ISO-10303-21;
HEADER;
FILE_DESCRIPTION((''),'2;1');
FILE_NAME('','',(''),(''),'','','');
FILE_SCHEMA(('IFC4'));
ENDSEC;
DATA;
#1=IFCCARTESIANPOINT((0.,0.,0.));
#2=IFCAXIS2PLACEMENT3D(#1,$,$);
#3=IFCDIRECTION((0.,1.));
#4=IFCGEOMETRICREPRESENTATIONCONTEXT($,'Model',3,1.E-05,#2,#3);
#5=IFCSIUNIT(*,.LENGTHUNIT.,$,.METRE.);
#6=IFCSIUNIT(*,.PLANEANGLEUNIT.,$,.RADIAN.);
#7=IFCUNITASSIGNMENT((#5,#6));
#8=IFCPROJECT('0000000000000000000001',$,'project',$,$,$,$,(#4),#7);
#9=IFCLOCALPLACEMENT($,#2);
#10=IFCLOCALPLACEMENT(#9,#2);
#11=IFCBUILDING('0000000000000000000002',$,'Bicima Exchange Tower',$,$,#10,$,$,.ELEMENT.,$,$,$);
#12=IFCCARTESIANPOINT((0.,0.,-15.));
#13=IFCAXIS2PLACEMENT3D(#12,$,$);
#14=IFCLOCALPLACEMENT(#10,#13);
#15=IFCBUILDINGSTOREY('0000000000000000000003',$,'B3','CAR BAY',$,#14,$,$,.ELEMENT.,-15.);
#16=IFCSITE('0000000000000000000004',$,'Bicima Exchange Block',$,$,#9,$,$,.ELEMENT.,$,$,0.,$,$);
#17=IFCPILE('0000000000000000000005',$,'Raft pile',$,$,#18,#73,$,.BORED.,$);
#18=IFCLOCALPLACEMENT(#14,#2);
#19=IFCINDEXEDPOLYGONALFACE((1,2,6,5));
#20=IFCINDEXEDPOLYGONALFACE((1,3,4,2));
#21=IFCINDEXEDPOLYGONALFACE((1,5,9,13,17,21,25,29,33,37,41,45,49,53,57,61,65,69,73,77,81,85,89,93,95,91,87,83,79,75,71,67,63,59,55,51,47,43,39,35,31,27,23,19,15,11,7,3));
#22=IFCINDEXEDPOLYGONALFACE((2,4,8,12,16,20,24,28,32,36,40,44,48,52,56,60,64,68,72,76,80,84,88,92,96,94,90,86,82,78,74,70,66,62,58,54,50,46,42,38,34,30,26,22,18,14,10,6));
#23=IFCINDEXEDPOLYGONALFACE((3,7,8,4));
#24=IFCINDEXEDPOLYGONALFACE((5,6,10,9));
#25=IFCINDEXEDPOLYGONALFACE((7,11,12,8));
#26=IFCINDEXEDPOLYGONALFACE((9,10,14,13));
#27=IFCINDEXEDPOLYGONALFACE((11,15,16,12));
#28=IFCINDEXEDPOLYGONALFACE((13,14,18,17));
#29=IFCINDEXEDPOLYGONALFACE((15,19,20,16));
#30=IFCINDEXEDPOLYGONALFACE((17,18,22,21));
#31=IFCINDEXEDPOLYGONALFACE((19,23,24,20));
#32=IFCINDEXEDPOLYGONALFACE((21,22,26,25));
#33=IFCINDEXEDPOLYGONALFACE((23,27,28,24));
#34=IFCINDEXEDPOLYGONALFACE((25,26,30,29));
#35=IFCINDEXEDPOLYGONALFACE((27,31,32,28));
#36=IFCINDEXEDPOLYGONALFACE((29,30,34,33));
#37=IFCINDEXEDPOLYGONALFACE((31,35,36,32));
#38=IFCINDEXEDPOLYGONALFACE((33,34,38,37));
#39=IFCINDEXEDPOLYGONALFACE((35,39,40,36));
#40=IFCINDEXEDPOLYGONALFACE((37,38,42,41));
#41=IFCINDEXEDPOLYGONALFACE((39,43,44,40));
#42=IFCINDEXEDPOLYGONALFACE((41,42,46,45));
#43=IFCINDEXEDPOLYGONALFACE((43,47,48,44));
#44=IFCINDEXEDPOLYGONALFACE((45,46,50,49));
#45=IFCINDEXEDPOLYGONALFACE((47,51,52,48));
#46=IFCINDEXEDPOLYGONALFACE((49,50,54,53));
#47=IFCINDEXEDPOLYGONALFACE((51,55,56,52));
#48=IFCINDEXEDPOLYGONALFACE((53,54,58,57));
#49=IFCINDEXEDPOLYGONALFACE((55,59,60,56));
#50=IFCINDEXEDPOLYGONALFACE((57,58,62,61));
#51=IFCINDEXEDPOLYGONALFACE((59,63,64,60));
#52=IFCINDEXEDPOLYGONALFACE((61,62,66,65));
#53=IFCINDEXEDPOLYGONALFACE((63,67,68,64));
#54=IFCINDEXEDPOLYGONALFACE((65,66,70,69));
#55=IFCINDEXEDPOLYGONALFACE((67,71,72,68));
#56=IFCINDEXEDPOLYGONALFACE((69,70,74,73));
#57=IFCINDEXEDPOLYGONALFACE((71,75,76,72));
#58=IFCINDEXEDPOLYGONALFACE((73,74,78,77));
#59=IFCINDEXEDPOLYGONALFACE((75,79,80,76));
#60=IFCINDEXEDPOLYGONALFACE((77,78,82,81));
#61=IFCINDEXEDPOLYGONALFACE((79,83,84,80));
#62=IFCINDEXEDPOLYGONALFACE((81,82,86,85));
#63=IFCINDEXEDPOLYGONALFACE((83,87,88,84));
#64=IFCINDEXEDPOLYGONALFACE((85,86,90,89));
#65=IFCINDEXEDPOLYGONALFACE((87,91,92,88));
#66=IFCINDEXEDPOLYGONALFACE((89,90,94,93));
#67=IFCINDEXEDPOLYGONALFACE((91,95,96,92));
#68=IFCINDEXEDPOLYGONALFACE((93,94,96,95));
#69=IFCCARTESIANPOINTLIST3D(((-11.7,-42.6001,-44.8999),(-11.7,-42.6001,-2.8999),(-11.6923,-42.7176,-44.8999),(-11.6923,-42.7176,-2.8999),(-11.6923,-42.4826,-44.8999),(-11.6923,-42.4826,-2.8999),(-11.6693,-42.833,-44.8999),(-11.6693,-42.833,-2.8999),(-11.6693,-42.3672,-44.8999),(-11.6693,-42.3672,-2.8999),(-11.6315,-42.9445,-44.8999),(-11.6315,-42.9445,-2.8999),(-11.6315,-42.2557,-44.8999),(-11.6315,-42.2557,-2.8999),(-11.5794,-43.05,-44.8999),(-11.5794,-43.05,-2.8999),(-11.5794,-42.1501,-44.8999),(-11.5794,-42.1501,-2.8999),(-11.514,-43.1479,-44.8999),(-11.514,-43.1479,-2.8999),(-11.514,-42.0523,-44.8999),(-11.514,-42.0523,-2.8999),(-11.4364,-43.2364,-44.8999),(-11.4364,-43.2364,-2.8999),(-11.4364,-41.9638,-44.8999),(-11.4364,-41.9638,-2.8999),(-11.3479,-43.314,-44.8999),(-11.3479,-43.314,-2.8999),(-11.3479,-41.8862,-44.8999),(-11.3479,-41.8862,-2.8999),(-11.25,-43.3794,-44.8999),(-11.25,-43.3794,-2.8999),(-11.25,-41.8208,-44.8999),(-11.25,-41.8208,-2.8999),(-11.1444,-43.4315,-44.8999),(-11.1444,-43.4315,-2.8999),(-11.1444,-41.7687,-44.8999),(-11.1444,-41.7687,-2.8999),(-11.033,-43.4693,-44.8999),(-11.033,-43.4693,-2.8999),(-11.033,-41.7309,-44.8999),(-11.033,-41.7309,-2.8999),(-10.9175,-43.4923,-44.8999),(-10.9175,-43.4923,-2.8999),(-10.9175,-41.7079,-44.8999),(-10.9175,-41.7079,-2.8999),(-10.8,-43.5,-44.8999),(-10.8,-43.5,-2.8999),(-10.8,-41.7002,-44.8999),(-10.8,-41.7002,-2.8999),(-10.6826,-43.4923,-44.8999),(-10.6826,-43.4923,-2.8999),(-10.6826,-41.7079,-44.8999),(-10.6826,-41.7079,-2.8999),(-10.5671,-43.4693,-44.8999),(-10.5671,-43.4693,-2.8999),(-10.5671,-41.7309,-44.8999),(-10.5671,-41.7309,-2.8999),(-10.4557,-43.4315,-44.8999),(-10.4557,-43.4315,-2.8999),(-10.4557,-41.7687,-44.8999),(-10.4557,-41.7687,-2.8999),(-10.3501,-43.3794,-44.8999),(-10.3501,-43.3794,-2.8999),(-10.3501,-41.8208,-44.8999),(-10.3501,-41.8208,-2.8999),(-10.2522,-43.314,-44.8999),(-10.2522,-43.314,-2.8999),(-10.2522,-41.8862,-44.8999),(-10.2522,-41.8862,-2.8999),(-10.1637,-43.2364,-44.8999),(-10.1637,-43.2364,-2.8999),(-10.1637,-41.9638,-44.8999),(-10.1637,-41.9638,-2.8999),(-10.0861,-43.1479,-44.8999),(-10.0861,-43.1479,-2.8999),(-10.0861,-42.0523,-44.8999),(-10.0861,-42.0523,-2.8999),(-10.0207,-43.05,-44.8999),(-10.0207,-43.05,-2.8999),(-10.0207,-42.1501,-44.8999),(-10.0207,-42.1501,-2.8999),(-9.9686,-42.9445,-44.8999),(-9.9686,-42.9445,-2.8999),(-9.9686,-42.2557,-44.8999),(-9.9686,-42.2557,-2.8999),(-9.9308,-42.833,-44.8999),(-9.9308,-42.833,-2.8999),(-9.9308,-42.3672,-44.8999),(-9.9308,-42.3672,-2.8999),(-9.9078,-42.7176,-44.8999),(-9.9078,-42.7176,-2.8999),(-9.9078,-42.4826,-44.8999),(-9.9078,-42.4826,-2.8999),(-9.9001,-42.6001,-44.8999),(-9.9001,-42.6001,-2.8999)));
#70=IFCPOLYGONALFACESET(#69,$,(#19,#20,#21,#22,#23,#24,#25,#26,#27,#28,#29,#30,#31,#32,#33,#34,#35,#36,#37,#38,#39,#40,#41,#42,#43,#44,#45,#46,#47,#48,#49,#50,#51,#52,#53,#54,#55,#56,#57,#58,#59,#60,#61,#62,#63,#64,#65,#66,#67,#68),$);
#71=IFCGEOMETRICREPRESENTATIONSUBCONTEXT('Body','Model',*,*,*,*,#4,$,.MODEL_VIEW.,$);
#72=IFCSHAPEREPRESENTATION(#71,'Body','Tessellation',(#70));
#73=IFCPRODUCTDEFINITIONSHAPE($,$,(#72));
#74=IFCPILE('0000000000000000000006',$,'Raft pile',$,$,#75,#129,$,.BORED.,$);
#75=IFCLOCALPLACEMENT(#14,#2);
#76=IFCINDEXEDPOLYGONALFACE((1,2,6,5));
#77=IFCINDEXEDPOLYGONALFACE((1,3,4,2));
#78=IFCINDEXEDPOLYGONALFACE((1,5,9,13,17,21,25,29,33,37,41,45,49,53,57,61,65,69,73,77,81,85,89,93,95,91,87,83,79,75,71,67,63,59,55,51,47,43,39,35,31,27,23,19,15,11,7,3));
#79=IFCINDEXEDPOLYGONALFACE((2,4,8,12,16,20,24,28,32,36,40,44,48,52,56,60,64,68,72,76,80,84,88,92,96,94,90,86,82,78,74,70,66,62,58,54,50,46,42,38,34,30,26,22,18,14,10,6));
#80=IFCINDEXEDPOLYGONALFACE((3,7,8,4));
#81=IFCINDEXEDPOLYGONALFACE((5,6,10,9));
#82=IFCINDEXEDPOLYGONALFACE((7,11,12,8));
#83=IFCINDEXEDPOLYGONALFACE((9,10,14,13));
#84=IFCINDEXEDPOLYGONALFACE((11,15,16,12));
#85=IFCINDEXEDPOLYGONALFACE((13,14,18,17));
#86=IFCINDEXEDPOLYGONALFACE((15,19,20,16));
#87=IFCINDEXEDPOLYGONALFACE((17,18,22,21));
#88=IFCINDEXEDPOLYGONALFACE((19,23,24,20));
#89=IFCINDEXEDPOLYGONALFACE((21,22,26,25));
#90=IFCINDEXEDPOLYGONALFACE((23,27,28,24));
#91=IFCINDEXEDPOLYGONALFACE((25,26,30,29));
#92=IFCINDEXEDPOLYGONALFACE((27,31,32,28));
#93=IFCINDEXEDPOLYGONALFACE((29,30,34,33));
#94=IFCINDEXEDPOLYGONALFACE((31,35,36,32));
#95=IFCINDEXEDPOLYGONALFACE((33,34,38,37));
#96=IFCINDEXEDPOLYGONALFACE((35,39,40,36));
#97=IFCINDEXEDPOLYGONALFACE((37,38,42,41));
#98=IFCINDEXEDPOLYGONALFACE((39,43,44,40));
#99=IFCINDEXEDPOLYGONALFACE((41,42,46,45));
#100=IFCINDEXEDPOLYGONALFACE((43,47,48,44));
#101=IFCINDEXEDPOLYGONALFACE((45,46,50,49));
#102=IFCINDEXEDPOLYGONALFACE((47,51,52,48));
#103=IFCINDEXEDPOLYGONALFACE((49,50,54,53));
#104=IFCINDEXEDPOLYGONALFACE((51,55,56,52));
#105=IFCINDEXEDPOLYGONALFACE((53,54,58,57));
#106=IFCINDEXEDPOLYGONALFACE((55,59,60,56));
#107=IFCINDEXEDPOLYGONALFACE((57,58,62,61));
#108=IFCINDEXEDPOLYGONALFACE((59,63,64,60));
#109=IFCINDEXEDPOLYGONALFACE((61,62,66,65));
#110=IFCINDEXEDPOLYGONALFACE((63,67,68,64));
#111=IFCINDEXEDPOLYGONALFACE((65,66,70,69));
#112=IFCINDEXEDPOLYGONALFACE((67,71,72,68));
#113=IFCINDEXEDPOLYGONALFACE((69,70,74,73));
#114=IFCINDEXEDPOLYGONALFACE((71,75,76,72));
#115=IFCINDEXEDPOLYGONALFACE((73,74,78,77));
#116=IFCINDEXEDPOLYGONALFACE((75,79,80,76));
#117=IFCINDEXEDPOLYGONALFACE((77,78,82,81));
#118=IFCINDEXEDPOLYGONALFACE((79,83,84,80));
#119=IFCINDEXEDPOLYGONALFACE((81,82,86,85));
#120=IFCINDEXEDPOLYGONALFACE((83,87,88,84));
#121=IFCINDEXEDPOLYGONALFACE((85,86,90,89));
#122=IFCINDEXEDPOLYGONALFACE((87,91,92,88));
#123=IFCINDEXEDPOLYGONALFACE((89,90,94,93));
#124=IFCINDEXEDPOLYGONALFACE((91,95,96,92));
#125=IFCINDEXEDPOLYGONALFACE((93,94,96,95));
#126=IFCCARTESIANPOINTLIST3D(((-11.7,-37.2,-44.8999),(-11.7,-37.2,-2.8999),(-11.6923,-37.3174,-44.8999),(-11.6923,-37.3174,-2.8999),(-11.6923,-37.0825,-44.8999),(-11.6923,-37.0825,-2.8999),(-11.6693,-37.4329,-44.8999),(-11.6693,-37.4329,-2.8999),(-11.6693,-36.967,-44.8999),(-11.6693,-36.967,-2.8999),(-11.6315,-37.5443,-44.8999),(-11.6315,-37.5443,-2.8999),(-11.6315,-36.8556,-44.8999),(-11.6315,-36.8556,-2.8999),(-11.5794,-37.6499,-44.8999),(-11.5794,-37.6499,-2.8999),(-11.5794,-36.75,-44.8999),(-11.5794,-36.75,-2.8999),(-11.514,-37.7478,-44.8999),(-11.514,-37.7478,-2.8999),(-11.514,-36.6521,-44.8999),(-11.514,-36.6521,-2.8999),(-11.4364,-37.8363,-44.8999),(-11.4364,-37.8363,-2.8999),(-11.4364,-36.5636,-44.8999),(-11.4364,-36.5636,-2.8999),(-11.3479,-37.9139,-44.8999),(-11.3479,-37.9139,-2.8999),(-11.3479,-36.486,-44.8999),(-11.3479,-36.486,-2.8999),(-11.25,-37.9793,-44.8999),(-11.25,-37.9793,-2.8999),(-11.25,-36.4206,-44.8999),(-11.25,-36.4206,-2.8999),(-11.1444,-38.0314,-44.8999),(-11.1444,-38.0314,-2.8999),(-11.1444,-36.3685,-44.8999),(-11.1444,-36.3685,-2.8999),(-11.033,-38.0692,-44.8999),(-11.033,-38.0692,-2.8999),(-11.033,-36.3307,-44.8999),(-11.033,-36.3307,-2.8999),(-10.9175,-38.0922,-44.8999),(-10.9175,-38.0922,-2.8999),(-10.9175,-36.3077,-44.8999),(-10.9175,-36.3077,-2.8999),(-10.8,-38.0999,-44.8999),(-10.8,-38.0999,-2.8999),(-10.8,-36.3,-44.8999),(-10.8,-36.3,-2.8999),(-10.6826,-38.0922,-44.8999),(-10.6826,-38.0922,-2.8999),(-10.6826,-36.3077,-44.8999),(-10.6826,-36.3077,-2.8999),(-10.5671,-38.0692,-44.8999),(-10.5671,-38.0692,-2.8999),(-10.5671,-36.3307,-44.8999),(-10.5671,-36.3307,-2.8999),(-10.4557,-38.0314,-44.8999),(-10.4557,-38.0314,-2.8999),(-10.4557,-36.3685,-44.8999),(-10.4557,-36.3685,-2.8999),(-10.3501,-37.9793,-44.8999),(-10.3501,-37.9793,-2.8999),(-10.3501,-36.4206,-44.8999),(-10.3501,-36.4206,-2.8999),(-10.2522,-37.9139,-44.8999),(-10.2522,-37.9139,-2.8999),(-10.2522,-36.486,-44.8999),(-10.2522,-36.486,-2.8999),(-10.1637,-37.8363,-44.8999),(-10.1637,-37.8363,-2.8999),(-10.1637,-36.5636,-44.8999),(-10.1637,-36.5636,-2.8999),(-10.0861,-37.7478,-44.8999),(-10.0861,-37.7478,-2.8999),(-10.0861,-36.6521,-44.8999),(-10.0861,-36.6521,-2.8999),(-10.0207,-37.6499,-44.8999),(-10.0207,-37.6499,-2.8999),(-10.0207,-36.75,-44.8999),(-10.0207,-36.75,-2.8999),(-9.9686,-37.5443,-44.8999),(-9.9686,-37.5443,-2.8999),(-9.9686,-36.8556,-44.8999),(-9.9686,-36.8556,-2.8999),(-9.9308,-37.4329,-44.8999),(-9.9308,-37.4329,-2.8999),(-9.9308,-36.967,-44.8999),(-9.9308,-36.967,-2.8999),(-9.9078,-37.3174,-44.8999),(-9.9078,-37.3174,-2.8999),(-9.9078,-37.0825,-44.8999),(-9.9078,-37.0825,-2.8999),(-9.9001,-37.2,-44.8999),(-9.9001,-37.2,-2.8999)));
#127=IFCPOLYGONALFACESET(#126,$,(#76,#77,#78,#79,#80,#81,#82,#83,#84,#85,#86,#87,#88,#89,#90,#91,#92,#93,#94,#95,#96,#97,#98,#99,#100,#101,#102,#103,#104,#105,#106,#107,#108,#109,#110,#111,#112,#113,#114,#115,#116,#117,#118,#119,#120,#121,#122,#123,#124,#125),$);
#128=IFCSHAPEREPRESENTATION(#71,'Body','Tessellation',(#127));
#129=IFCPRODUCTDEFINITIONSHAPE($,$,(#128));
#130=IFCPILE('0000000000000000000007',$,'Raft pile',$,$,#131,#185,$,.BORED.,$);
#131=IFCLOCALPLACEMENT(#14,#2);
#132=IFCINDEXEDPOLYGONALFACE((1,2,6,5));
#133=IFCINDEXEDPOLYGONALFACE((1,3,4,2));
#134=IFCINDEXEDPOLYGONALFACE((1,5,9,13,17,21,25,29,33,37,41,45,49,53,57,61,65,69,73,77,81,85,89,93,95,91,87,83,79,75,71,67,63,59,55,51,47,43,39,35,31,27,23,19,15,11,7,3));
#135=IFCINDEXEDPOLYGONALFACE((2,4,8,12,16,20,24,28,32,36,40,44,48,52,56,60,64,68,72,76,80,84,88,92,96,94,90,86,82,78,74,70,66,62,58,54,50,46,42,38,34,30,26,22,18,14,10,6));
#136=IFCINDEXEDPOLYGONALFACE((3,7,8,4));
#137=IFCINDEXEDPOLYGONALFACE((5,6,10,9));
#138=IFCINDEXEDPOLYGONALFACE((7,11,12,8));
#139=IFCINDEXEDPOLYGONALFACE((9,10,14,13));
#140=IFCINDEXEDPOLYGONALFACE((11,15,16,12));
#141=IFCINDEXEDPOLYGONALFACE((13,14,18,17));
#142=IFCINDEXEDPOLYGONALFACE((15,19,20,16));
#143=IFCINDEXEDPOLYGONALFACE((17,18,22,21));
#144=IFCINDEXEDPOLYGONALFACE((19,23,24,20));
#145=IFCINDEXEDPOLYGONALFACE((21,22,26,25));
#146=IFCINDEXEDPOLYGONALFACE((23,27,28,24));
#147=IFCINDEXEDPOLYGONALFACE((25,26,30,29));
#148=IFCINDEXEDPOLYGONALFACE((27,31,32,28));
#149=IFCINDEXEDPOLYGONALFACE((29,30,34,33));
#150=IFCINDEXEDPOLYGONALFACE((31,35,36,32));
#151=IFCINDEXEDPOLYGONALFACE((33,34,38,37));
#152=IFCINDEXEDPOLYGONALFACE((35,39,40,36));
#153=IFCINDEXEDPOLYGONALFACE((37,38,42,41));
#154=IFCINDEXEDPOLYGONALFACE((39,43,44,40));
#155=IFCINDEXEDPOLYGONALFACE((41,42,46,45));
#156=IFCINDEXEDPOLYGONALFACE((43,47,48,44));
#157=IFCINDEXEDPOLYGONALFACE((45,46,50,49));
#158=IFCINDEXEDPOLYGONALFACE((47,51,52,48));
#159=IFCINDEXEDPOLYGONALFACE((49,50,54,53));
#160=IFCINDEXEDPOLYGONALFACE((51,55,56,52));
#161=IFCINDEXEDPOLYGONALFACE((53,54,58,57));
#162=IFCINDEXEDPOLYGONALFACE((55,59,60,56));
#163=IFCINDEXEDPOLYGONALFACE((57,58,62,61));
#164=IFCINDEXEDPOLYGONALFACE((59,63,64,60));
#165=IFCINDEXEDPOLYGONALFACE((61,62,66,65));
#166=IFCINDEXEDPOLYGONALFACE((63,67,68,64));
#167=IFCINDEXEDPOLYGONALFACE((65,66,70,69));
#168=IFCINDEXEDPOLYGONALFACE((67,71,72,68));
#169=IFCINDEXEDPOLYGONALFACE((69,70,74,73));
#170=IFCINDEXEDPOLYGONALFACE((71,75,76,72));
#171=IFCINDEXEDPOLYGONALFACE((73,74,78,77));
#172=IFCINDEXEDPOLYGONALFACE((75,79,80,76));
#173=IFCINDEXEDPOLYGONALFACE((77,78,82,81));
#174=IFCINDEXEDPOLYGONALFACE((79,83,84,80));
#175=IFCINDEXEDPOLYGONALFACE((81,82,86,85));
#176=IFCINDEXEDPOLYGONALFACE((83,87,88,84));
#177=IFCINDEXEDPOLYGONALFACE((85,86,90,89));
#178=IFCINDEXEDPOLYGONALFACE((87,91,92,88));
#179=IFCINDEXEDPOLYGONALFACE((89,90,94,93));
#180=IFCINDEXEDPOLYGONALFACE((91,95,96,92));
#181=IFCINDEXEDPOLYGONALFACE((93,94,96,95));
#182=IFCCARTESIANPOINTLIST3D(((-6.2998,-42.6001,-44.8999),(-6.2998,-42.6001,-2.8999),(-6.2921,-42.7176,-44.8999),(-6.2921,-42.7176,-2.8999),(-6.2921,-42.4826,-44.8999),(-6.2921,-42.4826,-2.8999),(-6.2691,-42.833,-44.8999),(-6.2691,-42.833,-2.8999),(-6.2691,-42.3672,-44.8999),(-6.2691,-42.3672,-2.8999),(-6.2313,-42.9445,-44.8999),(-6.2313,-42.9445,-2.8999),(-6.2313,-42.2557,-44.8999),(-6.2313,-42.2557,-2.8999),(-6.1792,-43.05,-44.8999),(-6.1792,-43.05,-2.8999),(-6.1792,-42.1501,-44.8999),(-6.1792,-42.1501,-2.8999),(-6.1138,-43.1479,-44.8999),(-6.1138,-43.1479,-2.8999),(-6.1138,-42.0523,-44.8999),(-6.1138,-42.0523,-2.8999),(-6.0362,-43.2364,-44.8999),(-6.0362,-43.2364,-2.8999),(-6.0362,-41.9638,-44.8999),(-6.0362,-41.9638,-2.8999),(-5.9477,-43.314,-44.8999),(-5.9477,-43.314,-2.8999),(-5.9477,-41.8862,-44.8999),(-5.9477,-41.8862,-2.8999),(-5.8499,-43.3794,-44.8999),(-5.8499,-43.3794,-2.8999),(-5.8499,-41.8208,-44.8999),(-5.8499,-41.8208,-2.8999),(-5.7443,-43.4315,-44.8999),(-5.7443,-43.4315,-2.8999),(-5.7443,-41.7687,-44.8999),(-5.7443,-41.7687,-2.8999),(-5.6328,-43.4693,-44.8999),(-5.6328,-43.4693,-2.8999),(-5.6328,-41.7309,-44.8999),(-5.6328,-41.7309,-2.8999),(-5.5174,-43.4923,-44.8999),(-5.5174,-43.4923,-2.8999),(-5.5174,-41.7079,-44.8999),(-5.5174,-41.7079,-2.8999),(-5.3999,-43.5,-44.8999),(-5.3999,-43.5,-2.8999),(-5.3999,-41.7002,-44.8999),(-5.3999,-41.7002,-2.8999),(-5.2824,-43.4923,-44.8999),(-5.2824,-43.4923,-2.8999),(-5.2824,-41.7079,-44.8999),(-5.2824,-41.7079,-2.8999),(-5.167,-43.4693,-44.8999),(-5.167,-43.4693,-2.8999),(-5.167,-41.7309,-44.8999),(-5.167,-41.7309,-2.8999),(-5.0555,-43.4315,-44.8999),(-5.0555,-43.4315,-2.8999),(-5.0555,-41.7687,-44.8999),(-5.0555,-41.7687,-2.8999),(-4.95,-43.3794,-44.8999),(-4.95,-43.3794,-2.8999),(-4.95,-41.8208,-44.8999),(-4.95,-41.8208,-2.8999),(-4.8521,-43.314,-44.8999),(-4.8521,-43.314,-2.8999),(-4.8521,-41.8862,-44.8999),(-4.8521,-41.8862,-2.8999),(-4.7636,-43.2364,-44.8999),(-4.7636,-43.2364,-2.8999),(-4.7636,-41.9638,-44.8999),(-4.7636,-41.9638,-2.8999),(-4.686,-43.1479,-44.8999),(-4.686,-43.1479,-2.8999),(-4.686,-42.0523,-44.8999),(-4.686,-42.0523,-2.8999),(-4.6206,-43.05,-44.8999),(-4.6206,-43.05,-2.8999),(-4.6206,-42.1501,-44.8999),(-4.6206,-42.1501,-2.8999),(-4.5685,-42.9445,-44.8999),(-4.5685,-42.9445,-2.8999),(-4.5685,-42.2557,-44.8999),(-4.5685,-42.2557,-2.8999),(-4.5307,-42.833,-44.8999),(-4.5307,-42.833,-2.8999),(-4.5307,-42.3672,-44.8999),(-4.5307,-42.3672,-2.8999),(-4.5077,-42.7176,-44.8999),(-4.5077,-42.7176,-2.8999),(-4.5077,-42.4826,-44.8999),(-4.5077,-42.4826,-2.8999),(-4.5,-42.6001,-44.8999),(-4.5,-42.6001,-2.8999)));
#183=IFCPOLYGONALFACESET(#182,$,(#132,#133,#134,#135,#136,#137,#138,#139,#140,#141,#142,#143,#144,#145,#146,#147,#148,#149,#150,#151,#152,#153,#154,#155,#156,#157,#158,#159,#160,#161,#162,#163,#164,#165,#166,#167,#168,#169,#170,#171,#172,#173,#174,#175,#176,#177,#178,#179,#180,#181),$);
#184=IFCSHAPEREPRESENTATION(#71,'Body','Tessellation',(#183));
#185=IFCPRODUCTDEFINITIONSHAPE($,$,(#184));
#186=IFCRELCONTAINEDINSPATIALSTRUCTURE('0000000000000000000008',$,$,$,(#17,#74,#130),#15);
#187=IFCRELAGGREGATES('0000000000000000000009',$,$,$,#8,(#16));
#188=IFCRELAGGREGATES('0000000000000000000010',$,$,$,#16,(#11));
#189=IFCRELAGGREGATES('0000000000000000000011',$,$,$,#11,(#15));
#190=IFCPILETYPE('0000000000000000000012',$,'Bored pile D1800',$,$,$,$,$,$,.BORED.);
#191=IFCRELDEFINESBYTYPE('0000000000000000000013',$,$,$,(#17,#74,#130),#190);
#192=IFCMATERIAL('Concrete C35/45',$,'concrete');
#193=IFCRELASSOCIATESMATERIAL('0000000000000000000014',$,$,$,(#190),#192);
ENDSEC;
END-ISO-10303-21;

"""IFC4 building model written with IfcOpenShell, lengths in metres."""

from ifc_helpers import new_model, si_unit, direction, frame, origin, origin_2d, place, context, subcontext, project, spatial, circle, extrude, material, material_profile, profile_set, type_object, element, save


model = new_model("IFC4")

# Units and contexts
model_context = context("Model", 3, precision=1e-05, world=origin(), true_north=direction((0.0, 1.0)))
body_context = subcontext(model_context, "Body", "Model", "MODEL_VIEW")
ifc_project = project(units=[si_unit("LENGTHUNIT", "METRE"), si_unit("PLANEANGLEUNIT", "RADIAN")], contexts=[model_context])

# Site, building, storey
site_placement = place(None, origin())
site = spatial("IfcSite", under=ifc_project, at=site_placement, Name="Bicima Exchange Block", CompositionType="ELEMENT", RefElevation=0.0)
building_placement = place(site_placement, origin())
building = spatial("IfcBuilding", under=site, at=building_placement, Name="Bicima Exchange Tower", CompositionType="ELEMENT")
storey_placement = place(building_placement, frame((0.0, 0.0, -15.0)))
storey = spatial("IfcBuildingStorey", under=building, at=storey_placement, Name="B3", Description="CAR BAY", CompositionType="ELEMENT", Elevation=-15.0)

# Piles
ifc_material_1 = material(Name="Concrete C35/45", Category="concrete")
ifc_material_profile_1 = material_profile(ifc_material_1, circle(Radius=0.8999, at=origin_2d()))
ifc_profile_set_1 = profile_set([ifc_material_profile_1], Name="Concrete C35/45")
pile_type = type_object("IfcPileType", Name="Bored pile D1800", PredefinedType="BORED", material=ifc_profile_set_1)
for number, where, z_axis, x_axis, name in (
    (1, (-10.8, -42.6001, -2.8999), (0.0, 0.0, -1.0), (1.0, 0.0, 0.0), "Raft pile"),
    (2, (-10.8, -37.2, -2.8999), (0.0, 0.0, -1.0), (1.0, 0.0, 0.0), "Raft pile"),
    (3, (-5.3999, -42.6001, -2.8999), (0.0, 0.0, -1.0), (1.0, 0.0, 0.0), "Raft pile"),
):
    element("IfcPile", number, at=place(storey_placement, frame(where, z_axis=z_axis, x_axis=x_axis)), inside=storey, type_object=pile_type, Name=name, PredefinedType="BORED", context=body_context, shape_type="SweptSolid", body=[
        extrude(circle(Radius=0.8999, at=origin_2d()), origin(), (0.0, 0.0, 1.0), 42.0),
    ])

save(model, "model.ifc")
